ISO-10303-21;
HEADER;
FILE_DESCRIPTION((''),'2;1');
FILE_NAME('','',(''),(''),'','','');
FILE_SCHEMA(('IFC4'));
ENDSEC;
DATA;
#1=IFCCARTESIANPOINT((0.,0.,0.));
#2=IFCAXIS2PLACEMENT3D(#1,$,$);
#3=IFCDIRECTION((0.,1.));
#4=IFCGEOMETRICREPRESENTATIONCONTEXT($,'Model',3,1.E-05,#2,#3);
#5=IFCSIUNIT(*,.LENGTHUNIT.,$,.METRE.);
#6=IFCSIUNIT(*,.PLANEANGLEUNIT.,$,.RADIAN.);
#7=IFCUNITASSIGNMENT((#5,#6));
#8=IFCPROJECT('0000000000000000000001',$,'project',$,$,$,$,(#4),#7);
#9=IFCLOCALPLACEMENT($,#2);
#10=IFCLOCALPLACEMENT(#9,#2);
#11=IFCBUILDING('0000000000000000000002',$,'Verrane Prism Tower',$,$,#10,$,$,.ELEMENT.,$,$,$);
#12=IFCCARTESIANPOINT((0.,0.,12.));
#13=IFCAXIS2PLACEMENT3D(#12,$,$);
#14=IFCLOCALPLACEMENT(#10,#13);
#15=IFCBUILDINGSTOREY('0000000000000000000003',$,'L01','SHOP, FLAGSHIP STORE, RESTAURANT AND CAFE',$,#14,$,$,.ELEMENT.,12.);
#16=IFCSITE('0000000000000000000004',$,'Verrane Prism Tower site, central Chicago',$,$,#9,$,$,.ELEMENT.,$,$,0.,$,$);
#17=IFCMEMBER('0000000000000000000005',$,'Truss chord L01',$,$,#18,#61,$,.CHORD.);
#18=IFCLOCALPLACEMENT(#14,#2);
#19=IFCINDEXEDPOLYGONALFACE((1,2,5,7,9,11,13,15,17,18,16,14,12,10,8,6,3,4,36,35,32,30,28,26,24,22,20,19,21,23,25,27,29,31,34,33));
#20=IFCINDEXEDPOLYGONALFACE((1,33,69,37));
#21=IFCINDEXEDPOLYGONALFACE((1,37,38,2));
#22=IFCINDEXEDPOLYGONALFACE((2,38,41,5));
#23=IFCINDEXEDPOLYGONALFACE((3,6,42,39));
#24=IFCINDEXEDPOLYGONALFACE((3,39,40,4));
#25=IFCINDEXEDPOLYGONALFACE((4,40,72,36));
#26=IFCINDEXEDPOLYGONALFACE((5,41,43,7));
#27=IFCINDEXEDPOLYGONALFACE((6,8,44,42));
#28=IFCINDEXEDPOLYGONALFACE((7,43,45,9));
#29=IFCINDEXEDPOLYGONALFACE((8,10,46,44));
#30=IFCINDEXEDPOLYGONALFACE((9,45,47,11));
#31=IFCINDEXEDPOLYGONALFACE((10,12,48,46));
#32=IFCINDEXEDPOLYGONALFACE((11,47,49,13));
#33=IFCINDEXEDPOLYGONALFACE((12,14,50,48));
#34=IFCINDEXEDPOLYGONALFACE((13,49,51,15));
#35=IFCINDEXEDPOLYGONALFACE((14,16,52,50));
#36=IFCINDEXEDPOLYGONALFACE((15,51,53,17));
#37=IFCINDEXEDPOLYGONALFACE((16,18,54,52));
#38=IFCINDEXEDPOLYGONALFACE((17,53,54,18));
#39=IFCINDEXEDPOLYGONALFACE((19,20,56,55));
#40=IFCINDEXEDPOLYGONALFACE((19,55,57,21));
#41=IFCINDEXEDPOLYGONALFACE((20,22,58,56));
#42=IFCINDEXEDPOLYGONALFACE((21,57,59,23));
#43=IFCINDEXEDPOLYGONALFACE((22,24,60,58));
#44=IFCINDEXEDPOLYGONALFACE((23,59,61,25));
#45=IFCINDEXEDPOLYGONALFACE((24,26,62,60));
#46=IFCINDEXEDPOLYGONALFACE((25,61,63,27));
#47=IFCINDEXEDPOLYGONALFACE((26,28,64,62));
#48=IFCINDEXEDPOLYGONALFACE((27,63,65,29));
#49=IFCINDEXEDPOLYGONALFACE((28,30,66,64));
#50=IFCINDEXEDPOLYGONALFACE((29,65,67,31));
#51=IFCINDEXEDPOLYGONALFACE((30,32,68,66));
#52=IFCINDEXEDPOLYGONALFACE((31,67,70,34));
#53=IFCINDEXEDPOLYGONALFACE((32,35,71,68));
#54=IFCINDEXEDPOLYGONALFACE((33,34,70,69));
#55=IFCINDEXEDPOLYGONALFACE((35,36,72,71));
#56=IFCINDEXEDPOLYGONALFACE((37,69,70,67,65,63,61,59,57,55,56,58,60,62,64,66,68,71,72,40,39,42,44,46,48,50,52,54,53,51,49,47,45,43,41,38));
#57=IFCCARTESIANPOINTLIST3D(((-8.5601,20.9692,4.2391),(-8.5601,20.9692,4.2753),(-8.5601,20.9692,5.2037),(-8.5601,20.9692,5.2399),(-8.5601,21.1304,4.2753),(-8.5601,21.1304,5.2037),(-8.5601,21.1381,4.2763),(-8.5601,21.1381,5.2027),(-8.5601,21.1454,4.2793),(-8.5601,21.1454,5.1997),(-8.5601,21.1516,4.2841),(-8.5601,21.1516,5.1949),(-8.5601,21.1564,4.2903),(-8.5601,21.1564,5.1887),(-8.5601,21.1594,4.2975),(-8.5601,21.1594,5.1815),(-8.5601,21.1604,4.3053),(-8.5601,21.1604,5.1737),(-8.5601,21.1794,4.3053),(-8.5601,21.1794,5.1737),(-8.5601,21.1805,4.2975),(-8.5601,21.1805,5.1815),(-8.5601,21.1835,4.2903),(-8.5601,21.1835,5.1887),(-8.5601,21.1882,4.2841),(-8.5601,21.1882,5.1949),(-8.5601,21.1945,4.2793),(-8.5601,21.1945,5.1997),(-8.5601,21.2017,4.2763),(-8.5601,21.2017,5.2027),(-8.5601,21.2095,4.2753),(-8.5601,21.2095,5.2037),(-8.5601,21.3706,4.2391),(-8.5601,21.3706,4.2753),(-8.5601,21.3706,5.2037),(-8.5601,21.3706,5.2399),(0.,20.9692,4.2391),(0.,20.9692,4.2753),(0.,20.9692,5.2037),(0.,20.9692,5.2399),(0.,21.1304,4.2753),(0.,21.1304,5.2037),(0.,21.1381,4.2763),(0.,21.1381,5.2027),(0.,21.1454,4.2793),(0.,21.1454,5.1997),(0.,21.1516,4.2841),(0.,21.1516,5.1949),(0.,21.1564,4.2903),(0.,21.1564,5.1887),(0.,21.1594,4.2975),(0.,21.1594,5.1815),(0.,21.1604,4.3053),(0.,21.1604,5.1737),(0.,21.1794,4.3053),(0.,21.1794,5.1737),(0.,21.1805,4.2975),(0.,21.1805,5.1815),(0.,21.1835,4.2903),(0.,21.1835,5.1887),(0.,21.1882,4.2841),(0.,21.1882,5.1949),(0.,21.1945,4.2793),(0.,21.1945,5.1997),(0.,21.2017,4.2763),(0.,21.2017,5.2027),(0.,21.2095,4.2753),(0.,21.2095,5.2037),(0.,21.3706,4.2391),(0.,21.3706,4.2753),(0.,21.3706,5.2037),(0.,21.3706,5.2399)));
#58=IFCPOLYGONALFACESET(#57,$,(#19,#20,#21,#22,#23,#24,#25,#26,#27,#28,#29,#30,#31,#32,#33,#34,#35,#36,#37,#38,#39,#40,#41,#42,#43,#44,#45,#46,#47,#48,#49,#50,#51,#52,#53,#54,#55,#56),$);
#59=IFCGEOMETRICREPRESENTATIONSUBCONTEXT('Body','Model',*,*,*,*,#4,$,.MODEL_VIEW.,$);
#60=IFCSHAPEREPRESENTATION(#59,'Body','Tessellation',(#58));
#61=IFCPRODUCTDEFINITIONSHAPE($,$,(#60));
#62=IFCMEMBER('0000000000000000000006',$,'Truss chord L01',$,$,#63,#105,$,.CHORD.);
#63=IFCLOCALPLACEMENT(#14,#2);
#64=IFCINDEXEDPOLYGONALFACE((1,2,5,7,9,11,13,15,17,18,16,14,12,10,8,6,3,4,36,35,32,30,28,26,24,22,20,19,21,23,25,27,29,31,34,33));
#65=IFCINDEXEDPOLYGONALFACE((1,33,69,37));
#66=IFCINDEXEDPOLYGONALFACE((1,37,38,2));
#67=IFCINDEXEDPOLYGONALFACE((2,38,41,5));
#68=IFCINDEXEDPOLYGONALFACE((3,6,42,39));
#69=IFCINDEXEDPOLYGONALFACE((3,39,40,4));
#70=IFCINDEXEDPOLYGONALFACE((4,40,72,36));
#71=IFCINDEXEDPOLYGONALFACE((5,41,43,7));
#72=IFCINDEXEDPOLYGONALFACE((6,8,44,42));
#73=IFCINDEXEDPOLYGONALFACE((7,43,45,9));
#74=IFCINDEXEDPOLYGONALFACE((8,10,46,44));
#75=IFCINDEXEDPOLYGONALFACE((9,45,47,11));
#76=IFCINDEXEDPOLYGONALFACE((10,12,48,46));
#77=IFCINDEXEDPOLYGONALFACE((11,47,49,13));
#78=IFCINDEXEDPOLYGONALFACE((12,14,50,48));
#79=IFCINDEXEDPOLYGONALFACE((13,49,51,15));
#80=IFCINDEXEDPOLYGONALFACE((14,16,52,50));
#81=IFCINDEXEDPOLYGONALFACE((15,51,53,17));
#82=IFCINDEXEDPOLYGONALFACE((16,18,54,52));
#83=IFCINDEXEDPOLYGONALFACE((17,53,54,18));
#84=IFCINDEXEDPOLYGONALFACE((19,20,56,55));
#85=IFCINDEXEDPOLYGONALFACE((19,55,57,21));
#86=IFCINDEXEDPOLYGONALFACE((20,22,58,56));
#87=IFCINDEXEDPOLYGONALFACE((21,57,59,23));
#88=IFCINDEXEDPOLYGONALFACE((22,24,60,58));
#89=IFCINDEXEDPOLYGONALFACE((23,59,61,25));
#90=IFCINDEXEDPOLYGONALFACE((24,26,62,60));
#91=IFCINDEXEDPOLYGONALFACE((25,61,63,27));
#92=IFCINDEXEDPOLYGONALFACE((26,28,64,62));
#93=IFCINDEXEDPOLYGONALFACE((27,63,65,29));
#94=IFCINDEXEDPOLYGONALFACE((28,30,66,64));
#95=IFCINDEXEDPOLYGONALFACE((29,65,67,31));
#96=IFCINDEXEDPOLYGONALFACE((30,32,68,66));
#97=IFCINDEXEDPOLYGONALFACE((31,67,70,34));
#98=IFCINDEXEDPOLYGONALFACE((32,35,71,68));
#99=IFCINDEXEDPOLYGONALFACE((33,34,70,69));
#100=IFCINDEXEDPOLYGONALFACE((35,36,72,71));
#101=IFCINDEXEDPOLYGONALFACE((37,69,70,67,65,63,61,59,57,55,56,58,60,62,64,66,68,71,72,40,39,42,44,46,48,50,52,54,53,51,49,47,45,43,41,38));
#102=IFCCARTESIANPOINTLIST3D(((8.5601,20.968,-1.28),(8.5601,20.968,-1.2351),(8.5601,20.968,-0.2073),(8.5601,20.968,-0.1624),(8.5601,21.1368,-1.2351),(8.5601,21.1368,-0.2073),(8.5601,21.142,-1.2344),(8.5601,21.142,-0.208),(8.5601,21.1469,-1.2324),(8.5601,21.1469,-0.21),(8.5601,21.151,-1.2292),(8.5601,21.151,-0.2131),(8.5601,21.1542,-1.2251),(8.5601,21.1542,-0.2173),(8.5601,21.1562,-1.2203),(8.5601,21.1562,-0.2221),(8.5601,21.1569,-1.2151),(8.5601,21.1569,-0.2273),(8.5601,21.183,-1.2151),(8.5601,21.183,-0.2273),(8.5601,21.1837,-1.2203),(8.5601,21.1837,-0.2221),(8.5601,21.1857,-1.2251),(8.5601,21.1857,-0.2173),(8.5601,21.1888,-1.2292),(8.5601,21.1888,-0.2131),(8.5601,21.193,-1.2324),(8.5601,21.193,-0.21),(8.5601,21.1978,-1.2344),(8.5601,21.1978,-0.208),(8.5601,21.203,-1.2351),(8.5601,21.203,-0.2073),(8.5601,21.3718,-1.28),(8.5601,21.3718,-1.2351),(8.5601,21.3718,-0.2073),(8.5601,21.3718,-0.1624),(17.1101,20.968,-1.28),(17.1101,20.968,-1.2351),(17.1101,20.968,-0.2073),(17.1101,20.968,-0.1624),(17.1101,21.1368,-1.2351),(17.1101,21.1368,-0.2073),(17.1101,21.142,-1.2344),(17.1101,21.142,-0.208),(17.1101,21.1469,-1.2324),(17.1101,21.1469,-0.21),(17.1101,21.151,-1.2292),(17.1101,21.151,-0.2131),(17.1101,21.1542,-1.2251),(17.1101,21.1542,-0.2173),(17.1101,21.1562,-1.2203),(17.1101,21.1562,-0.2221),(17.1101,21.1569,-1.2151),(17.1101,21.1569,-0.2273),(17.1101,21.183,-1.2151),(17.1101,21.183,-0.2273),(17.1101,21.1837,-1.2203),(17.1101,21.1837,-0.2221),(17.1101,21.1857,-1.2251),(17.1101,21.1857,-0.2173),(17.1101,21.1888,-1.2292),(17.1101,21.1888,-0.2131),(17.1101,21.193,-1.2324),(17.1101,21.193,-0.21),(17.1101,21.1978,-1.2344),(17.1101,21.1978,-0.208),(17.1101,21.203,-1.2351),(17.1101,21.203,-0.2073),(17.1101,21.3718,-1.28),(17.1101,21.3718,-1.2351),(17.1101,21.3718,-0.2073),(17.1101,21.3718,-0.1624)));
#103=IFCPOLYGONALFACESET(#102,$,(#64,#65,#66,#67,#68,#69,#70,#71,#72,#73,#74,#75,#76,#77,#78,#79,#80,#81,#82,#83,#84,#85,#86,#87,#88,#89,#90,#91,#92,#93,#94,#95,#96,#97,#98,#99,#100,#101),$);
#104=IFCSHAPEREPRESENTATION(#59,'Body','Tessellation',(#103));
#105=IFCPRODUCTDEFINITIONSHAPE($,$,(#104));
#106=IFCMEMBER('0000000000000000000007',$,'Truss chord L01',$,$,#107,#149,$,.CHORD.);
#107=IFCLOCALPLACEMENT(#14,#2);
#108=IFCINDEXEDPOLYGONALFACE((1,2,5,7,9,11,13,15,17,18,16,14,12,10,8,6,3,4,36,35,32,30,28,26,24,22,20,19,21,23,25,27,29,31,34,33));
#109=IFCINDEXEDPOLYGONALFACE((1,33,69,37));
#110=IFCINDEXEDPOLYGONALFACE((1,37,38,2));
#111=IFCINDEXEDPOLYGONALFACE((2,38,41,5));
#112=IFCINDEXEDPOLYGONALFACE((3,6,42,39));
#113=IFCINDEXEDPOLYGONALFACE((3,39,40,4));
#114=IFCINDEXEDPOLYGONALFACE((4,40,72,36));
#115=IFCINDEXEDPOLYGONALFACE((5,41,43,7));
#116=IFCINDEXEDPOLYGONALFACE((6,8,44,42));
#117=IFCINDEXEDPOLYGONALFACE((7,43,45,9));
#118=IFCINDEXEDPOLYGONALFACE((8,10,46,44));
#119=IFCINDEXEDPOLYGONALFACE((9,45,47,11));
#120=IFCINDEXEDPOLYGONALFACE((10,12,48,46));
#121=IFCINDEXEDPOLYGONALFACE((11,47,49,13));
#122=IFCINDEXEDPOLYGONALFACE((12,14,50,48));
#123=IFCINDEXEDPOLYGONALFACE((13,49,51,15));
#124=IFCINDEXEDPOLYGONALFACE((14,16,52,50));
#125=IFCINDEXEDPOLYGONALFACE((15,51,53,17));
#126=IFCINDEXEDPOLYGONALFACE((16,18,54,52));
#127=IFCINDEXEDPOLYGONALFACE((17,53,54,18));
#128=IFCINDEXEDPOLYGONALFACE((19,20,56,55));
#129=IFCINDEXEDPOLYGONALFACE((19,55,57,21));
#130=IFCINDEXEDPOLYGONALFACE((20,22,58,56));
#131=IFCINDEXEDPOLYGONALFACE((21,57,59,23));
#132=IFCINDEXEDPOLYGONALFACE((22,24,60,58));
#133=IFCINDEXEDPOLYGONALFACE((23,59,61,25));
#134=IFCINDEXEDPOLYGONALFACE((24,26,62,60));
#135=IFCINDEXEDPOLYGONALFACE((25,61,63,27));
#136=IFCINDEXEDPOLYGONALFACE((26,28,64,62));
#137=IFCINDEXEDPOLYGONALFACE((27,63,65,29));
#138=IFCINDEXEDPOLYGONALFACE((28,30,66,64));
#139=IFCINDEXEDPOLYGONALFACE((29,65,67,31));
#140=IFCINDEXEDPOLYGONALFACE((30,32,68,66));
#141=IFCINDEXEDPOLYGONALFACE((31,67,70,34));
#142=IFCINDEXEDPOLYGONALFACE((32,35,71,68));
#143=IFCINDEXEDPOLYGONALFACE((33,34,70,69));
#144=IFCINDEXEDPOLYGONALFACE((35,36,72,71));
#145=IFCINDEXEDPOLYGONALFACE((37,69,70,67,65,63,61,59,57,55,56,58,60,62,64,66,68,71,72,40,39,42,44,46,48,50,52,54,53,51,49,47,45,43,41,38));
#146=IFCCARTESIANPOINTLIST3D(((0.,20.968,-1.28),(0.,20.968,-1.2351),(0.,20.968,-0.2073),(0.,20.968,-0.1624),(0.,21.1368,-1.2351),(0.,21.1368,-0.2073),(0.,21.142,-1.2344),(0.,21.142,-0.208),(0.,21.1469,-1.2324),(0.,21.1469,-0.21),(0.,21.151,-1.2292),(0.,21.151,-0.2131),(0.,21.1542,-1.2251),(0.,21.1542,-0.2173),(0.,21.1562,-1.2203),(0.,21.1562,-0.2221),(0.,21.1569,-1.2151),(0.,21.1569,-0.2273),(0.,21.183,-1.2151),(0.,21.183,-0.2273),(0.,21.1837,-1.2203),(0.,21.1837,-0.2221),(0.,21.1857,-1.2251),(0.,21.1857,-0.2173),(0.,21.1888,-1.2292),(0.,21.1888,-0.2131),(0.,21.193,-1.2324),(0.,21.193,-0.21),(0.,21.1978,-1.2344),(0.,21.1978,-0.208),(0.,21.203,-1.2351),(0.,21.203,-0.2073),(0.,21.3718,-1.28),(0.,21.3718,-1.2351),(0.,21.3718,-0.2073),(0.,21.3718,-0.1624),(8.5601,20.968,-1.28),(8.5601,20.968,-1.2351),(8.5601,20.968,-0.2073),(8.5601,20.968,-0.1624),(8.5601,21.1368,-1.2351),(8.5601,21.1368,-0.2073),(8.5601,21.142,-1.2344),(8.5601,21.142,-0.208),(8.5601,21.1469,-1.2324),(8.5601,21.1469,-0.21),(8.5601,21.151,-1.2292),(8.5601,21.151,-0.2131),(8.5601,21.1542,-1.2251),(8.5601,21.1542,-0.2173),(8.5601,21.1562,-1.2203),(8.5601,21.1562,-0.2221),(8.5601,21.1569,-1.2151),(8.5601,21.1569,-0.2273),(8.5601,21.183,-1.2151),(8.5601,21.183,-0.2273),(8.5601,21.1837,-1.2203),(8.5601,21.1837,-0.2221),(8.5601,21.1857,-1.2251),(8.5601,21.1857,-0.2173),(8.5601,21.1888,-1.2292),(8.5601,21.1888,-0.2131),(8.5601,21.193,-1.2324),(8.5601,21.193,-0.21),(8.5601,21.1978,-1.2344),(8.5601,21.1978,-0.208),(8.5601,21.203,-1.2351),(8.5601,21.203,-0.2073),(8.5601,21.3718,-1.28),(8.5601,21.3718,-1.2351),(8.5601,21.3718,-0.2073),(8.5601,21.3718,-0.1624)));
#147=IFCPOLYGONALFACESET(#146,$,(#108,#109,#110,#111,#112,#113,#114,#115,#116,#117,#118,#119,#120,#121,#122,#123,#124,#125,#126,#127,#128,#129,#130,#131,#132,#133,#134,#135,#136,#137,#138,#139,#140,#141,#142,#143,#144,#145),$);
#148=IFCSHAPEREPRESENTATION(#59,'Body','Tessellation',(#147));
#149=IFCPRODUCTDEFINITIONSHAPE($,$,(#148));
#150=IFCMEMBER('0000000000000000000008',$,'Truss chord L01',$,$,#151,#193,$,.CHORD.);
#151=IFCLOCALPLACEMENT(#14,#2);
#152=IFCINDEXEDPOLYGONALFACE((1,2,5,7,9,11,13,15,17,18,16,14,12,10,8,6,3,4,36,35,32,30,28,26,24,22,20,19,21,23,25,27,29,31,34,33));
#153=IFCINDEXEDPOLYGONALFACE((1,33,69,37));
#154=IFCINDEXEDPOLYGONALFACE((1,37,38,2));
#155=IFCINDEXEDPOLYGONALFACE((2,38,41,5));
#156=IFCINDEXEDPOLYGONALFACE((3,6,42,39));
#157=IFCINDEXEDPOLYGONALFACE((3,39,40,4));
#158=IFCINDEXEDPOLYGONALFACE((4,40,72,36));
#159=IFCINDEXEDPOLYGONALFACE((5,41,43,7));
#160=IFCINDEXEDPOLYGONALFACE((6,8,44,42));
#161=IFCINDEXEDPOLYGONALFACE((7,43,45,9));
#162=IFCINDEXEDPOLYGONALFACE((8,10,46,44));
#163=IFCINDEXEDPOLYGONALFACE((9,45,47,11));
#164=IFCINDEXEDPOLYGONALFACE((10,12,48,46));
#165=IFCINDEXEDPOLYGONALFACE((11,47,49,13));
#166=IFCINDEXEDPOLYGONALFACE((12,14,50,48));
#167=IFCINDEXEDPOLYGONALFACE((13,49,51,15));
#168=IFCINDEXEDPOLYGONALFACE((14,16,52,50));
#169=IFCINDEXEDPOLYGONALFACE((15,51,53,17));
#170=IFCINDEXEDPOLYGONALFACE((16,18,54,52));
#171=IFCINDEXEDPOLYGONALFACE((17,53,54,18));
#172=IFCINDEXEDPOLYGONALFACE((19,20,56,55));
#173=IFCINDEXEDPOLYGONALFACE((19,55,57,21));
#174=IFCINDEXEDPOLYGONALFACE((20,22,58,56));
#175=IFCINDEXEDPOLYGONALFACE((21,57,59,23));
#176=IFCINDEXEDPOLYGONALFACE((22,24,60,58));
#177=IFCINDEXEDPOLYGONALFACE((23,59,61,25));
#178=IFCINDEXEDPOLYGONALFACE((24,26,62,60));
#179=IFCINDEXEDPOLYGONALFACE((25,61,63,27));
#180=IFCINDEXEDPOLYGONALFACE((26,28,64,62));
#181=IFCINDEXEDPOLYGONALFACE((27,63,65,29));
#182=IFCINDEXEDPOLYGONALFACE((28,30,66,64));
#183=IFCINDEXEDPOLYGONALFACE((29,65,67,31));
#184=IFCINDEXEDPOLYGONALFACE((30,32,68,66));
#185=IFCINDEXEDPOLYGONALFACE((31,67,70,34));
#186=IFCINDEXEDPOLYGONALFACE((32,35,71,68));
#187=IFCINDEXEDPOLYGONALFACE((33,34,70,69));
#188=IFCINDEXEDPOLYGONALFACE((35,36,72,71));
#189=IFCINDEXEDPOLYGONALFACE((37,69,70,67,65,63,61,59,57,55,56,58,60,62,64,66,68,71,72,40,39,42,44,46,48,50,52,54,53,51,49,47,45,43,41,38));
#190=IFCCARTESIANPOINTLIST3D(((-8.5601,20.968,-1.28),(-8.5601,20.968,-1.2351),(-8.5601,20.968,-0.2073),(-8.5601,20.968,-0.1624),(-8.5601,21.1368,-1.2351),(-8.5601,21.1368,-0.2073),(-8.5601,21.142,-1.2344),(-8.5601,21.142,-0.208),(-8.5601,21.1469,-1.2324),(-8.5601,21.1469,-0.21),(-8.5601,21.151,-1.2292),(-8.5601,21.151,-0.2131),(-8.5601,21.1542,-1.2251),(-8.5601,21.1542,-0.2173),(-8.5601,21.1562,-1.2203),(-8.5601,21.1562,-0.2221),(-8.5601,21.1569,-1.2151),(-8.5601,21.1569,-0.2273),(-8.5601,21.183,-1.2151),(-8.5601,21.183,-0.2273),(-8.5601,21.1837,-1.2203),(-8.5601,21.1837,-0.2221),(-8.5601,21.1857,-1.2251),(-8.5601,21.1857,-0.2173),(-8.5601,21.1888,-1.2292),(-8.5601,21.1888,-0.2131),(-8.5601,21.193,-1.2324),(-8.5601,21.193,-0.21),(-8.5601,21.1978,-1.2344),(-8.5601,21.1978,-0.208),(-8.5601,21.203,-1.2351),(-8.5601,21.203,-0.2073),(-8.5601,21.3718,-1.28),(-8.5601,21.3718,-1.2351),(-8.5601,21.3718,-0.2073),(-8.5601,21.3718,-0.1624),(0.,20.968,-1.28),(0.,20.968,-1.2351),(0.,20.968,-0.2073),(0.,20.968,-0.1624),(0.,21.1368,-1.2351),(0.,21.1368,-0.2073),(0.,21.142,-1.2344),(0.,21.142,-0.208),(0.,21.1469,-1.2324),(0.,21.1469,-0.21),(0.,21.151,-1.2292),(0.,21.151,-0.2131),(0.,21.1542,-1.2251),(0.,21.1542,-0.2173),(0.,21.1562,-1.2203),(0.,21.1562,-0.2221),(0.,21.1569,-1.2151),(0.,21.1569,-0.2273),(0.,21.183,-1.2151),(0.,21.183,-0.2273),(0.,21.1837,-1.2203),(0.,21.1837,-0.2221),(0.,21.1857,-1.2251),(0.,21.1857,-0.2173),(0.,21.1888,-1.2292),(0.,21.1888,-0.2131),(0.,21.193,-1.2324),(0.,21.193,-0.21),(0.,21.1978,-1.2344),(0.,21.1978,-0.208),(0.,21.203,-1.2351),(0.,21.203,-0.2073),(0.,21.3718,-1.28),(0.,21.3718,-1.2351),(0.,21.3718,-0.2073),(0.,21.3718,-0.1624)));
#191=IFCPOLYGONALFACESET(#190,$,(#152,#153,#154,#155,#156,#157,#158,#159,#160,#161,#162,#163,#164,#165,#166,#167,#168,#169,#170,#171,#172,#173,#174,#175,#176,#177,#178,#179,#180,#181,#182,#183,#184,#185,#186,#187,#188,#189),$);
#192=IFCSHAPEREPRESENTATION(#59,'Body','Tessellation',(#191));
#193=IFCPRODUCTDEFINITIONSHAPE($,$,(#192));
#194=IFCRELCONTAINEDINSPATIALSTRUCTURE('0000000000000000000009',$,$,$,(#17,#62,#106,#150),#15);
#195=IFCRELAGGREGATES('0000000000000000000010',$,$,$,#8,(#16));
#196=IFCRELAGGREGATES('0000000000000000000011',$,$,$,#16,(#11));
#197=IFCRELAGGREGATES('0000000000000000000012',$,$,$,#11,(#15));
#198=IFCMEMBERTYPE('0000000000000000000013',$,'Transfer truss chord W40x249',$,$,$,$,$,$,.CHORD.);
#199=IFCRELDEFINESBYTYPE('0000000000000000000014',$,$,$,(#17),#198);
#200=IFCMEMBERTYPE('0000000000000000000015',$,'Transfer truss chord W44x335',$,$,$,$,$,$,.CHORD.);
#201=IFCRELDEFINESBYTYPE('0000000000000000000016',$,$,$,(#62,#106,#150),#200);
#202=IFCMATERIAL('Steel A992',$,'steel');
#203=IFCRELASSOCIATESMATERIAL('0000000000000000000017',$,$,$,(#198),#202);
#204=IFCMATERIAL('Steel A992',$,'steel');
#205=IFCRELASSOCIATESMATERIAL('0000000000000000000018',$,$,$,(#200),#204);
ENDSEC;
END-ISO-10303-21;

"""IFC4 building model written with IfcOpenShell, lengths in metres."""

from ifc_helpers import new_model, si_unit, direction, frame, origin, origin_2d, place, context, subcontext, project, spatial, i_section, extrude, material, material_profile, profile_set, type_object, element, save


model = new_model("IFC4")

# Units and contexts
model_context = context("Model", 3, precision=1e-05, world=origin(), true_north=direction((0.0, 1.0)))
body_context = subcontext(model_context, "Body", "Model", "MODEL_VIEW")
ifc_project = project(units=[si_unit("LENGTHUNIT", "METRE"), si_unit("PLANEANGLEUNIT", "RADIAN")], contexts=[model_context])

# Site, building, storey
site_placement = place(None, origin())
site = spatial("IfcSite", under=ifc_project, at=site_placement, Name="Verrane Prism Tower site, central Chicago", CompositionType="ELEMENT", RefElevation=0.0)
building_placement = place(site_placement, origin())
building = spatial("IfcBuilding", under=site, at=building_placement, Name="Verrane Prism Tower", CompositionType="ELEMENT")
storey_placement = place(building_placement, frame((0.0, 0.0, 12.0)))
storey = spatial("IfcBuildingStorey", under=building, at=storey_placement, Name="L01", Description="SHOP, FLAGSHIP STORE, RESTAURANT AND CAFE", CompositionType="ELEMENT", Elevation=12.0)

# Members
ifc_material_1 = material(Name="Steel A992", Category="steel")
ifc_material_profile_1 = material_profile(ifc_material_1, i_section(OverallWidth=0.4014, OverallDepth=1.0007, WebThickness=0.019, FlangeThickness=0.0361, FilletRadius=0.03, at=origin_2d()), Name="W40x249")
ifc_profile_set_1 = profile_set([ifc_material_profile_1], Name="Steel A992")
member_type_1 = type_object("IfcMemberType", Name="Transfer truss chord W40x249", PredefinedType="CHORD", material=ifc_profile_set_1)
for number, where, z_axis, x_axis, name in (
    (1, (0.0, 21.1699, 4.7395), (-1.0, 0.0, 0.0), (0.0, -1.0, 0.0), "Truss chord L01"),
):
    element("IfcMember", number, at=place(storey_placement, frame(where, z_axis=z_axis, x_axis=x_axis)), inside=storey, type_object=member_type_1, Name=name, PredefinedType="CHORD", context=body_context, shape_type="SweptSolid", body=[
        extrude(i_section(OverallWidth=0.4014, OverallDepth=1.0007, WebThickness=0.019, FlangeThickness=0.0361, FilletRadius=0.03, at=origin_2d()), origin(), (0.0, 0.0, 1.0), 8.5601),
    ])
ifc_material_2 = material(Name="Steel A992", Category="steel")
ifc_material_profile_2 = material_profile(ifc_material_2, i_section(OverallWidth=0.4038, OverallDepth=1.1177, WebThickness=0.0261, FlangeThickness=0.0449, FilletRadius=0.02, at=origin_2d()), Name="W44x335")
ifc_profile_set_2 = profile_set([ifc_material_profile_2], Name="Steel A992")
member_type_2 = type_object("IfcMemberType", Name="Transfer truss chord W44x335", PredefinedType="CHORD", material=ifc_profile_set_2)
member_1_placement = place(storey_placement, frame((17.1101, 21.1699, -0.7212), z_axis=(-1.0, 0.0, 0.0), x_axis=(0.0, -1.0, 0.0)))
element("IfcMember", 2, at=member_1_placement, inside=storey, type_object=member_type_2, Name="Truss chord L01", PredefinedType="CHORD", context=body_context, shape_type="SweptSolid", body=[
    extrude(i_section(OverallWidth=0.4038, OverallDepth=1.1177, WebThickness=0.0261, FlangeThickness=0.0449, FilletRadius=0.02, at=origin_2d()), origin(), (0.0, 0.0, 1.0), 8.55),
])
for number, where, z_axis, x_axis, name in (
    (3, (8.5601, 21.1699, -0.7212), (-1.0, 0.0, 0.0), (0.0, -1.0, 0.0), "Truss chord L01"),
    (4, (0.0, 21.1699, -0.7212), (-1.0, 0.0, 0.0), (0.0, -1.0, 0.0), "Truss chord L01"),
):
    element("IfcMember", number, at=place(storey_placement, frame(where, z_axis=z_axis, x_axis=x_axis)), inside=storey, type_object=member_type_2, Name=name, PredefinedType="CHORD", context=body_context, shape_type="SweptSolid", body=[
        extrude(i_section(OverallWidth=0.4038, OverallDepth=1.1177, WebThickness=0.0261, FlangeThickness=0.0449, FilletRadius=0.02, at=origin_2d()), origin(), (0.0, 0.0, 1.0), 8.5601),
    ])

save(model, "model.ifc")
